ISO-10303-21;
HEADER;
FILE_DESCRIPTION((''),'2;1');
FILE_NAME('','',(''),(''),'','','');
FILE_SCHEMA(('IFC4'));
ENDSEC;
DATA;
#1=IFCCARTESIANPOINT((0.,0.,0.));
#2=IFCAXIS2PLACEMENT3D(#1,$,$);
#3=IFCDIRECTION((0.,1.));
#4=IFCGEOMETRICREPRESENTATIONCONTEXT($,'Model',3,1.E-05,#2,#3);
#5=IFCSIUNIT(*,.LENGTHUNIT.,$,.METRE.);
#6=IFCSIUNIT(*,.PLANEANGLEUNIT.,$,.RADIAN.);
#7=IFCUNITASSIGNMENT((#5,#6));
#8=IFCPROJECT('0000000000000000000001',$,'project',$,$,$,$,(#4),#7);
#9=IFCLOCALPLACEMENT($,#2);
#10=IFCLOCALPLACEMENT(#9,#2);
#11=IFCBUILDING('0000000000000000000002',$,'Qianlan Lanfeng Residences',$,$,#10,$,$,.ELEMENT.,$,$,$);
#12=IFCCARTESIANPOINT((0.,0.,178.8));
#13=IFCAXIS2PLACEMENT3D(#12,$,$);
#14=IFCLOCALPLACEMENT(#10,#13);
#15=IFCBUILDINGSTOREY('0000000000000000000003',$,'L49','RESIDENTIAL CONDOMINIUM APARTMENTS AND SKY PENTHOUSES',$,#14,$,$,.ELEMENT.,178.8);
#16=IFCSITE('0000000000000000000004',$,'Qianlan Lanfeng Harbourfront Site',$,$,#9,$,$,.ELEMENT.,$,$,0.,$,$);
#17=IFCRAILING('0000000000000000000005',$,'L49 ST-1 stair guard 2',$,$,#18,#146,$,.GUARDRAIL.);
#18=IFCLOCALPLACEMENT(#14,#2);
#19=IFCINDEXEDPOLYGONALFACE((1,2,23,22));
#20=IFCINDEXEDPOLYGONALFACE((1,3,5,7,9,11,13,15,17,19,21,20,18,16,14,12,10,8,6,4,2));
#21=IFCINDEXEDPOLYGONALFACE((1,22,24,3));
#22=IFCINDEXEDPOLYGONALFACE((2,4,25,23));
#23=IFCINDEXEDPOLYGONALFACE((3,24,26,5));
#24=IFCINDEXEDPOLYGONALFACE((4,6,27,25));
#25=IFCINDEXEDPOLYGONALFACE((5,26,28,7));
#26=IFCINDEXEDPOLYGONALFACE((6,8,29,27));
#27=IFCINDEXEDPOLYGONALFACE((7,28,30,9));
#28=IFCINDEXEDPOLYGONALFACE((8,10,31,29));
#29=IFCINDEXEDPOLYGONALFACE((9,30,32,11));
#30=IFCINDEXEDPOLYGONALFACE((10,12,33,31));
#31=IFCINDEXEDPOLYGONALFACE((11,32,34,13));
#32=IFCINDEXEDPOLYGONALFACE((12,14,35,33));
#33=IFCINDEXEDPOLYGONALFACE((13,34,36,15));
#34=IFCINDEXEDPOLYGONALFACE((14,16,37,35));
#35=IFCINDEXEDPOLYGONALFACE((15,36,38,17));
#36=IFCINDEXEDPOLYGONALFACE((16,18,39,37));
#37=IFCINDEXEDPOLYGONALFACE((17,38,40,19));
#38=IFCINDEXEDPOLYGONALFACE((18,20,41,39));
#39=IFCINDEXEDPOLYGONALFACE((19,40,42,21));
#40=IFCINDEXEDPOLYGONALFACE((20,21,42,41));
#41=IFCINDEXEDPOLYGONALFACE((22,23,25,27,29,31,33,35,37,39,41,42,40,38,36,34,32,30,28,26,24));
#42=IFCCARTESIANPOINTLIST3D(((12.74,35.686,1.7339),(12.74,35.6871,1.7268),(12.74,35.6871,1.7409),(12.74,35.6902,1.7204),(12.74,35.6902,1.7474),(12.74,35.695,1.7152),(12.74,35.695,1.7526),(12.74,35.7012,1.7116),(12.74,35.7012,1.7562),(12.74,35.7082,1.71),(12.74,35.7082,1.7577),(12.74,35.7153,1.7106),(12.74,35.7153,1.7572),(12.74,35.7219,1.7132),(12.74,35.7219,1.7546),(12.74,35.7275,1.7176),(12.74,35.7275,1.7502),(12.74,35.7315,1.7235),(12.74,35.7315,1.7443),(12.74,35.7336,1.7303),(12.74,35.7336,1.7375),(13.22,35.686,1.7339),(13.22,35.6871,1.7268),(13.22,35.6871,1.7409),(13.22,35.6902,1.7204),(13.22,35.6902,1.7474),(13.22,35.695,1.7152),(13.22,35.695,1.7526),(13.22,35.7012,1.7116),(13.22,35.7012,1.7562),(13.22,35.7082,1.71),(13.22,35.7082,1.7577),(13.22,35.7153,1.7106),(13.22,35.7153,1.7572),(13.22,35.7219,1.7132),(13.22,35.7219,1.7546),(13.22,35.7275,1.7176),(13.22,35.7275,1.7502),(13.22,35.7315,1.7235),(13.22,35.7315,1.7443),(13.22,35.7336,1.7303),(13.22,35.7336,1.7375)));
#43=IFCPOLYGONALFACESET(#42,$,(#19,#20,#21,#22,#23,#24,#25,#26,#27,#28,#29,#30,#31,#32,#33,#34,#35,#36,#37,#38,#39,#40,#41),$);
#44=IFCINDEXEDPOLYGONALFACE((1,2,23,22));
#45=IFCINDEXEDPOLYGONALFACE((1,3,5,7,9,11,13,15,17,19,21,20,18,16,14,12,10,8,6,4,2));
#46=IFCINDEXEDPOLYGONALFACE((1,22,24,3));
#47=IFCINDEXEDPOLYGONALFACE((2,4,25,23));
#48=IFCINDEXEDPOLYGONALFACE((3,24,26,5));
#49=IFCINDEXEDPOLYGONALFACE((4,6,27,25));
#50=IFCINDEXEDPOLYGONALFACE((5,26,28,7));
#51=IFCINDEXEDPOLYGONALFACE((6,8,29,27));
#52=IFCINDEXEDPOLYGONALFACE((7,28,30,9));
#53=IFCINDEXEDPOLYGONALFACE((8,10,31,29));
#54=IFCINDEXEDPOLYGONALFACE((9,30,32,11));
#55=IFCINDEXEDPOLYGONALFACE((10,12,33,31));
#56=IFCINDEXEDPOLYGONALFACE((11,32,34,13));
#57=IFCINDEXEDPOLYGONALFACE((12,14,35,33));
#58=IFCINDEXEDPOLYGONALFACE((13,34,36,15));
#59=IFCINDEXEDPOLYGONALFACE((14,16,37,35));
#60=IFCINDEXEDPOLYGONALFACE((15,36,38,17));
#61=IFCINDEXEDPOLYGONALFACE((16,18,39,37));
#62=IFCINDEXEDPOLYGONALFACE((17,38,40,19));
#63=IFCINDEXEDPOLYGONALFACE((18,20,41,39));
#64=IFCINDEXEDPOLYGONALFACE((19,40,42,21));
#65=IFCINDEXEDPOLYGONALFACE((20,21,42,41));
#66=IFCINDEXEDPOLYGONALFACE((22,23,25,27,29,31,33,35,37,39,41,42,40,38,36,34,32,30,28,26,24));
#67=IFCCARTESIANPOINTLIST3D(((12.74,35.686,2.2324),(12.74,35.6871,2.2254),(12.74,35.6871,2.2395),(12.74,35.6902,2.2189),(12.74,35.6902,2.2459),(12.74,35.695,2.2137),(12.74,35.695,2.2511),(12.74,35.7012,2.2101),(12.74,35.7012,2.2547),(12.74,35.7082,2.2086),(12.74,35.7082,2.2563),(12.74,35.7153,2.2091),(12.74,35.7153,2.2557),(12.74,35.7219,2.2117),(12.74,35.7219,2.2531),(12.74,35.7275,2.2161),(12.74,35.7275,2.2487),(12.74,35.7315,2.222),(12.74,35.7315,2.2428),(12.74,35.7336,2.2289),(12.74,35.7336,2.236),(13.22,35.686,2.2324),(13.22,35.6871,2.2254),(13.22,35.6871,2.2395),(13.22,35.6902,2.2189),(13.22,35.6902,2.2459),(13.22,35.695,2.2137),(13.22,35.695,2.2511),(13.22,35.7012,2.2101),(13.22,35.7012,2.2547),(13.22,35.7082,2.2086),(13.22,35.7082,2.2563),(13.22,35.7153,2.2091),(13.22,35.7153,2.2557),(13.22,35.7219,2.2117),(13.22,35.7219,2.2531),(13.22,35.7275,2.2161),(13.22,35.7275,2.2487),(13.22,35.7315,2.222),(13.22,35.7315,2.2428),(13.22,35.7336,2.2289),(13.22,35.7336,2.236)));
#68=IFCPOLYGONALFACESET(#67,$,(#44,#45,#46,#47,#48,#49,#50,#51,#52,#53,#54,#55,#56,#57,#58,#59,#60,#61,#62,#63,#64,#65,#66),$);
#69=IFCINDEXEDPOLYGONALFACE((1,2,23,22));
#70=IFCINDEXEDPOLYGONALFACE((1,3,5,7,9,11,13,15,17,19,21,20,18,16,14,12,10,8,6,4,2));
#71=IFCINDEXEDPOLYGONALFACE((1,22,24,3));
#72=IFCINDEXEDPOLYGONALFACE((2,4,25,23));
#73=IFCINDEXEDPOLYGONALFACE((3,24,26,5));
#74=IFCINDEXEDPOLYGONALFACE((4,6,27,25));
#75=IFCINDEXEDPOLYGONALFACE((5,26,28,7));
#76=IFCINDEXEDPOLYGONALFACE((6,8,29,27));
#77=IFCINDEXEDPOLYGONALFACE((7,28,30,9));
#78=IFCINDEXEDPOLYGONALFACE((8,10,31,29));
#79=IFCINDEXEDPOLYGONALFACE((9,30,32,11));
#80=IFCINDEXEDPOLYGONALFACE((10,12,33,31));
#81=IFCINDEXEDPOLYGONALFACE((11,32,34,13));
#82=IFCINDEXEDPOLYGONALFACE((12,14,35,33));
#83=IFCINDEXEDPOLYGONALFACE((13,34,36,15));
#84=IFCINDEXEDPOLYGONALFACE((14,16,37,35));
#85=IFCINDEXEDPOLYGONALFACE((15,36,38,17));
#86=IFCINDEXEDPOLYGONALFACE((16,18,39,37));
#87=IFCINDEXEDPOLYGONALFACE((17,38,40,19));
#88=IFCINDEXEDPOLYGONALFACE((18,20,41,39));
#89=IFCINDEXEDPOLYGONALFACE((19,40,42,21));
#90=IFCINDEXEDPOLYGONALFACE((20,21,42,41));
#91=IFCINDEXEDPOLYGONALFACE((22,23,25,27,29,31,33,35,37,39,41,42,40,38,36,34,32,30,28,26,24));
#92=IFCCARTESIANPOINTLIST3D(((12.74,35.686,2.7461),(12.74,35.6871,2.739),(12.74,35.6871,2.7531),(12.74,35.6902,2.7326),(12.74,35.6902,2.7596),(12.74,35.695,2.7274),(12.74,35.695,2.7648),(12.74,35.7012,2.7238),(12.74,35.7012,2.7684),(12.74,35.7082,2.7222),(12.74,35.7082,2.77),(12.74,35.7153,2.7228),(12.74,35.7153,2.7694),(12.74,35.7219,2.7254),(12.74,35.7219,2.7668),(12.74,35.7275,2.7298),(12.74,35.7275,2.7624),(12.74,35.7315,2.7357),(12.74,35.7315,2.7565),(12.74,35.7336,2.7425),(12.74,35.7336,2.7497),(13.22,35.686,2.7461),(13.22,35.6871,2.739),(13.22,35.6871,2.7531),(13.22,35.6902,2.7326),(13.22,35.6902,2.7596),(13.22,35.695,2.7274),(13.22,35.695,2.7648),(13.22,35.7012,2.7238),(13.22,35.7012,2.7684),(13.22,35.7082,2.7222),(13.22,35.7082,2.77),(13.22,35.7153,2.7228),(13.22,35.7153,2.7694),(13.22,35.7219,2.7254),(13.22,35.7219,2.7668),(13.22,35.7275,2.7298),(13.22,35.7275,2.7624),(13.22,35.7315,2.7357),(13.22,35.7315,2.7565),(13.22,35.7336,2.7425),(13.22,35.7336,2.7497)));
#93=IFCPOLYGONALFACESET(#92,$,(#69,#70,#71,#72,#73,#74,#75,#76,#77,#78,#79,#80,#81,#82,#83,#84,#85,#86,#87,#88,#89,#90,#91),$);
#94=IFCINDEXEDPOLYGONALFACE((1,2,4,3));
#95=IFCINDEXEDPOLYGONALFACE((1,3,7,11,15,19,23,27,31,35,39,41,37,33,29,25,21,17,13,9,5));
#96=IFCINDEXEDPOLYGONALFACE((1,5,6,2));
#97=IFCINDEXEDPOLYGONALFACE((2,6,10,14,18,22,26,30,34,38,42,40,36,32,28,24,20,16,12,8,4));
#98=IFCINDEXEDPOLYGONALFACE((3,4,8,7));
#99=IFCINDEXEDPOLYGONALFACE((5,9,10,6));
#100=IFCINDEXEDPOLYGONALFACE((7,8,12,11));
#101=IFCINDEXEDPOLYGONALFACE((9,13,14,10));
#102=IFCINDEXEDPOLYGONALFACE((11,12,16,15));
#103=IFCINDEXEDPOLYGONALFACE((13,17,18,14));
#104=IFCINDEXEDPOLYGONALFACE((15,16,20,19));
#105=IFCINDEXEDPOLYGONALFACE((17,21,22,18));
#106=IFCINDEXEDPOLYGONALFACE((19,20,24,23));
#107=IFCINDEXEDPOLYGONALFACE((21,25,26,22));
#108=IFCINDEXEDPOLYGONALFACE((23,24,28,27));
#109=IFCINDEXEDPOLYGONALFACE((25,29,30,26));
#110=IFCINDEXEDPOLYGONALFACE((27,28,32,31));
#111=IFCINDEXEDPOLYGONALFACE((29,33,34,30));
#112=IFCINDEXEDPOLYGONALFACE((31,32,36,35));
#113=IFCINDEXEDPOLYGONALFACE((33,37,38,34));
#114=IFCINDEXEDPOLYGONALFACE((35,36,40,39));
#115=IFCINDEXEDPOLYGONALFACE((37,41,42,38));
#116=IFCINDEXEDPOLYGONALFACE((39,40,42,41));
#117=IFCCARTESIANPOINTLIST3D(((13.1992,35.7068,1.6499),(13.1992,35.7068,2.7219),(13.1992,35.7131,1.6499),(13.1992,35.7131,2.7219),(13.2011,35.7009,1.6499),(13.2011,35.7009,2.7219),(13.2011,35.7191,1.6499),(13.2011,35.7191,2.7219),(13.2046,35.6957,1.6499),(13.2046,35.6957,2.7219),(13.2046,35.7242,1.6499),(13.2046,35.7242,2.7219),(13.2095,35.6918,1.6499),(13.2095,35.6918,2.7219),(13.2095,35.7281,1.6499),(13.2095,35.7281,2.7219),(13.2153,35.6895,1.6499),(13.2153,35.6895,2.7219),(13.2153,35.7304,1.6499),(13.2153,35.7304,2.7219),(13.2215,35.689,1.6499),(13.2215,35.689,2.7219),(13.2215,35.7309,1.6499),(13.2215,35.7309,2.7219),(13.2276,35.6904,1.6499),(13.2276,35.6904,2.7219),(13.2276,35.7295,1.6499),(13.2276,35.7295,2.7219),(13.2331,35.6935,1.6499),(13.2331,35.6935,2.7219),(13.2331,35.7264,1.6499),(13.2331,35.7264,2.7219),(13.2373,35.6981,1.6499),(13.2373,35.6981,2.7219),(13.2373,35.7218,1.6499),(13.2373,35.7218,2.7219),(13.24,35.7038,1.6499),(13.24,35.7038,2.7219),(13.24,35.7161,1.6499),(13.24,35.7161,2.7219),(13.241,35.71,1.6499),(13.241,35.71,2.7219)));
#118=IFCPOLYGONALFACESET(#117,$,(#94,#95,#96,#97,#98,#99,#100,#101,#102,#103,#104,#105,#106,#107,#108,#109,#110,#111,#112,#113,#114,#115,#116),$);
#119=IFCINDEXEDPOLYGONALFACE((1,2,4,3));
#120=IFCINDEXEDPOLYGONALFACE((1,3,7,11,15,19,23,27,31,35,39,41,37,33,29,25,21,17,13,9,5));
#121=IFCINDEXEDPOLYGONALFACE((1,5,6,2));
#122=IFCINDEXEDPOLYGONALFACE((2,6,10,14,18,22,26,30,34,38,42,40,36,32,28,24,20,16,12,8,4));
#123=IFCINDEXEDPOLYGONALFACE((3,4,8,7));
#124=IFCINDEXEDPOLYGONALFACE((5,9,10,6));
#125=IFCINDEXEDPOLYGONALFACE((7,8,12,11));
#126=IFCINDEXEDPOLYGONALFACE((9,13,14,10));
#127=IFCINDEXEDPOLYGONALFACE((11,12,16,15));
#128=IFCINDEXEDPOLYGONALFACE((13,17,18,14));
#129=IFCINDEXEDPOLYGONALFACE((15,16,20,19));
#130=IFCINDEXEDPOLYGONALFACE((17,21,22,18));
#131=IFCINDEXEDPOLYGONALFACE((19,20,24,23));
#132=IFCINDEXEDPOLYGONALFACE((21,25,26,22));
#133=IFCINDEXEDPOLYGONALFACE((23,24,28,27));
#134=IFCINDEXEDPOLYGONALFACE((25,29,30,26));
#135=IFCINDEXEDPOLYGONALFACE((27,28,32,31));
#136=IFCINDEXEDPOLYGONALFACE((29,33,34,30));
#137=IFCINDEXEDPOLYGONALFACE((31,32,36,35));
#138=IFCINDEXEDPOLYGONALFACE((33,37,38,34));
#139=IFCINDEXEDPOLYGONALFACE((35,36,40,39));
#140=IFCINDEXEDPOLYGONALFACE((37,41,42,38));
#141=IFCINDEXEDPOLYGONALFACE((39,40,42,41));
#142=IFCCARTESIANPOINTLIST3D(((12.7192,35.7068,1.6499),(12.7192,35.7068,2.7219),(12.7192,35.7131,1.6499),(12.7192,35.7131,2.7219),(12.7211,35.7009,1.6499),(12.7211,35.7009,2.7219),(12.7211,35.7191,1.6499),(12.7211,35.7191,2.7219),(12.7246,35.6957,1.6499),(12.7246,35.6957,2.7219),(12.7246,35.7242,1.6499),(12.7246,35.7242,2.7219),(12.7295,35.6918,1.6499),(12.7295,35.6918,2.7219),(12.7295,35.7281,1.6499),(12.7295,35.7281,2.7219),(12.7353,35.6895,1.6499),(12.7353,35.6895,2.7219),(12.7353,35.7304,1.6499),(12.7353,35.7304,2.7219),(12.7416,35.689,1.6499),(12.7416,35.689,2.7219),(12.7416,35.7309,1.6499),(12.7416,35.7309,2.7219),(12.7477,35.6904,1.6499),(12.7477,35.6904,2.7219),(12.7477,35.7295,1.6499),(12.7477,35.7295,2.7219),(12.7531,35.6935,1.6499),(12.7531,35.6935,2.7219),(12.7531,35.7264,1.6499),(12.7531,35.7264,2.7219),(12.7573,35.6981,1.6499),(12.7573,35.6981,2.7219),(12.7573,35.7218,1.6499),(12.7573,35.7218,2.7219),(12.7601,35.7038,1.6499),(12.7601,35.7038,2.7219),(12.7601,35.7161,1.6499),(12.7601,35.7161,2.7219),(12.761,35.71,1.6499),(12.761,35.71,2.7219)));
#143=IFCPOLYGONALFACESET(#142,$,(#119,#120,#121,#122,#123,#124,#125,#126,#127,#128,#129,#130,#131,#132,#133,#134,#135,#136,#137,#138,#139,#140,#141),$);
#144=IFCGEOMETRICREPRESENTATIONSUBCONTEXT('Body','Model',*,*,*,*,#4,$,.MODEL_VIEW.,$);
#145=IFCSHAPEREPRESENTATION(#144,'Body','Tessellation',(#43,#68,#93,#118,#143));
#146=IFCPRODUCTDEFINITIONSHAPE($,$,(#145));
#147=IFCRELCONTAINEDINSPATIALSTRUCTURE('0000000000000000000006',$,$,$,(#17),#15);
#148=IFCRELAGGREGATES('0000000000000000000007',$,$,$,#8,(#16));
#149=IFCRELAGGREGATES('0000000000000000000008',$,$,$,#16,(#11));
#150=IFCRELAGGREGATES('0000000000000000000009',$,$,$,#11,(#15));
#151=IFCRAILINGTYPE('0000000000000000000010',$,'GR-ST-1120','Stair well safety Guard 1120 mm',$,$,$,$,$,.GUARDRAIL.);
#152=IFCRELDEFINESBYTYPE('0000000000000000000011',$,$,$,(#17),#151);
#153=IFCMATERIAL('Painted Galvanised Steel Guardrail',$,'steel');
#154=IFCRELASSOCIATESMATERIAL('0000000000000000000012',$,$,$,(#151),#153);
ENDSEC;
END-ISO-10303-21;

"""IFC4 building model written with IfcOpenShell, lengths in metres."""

from ifc_helpers import new_model, si_unit, direction, frame, origin, origin_2d, place, context, subcontext, project, spatial, circle, extrude, material, type_object, element, save


model = new_model("IFC4")

# Units and contexts
model_context = context("Model", 3, precision=1e-05, world=origin(), true_north=direction((0.0, 1.0)))
body_context = subcontext(model_context, "Body", "Model", "MODEL_VIEW")
ifc_project = project(units=[si_unit("LENGTHUNIT", "METRE"), si_unit("PLANEANGLEUNIT", "RADIAN")], contexts=[model_context])

# Site, building, storey
site_placement = place(None, origin())
site = spatial("IfcSite", under=ifc_project, at=site_placement, Name="Qianlan Lanfeng Harbourfront Site", CompositionType="ELEMENT", RefElevation=0.0)
building_placement = place(site_placement, origin())
building = spatial("IfcBuilding", under=site, at=building_placement, Name="Qianlan Lanfeng Residences", CompositionType="ELEMENT")
storey_placement = place(building_placement, frame((0.0, 0.0, 178.8)))
storey = spatial("IfcBuildingStorey", under=building, at=storey_placement, Name="L49", Description="RESIDENTIAL CONDOMINIUM APARTMENTS AND SKY PENTHOUSES", CompositionType="ELEMENT", Elevation=178.8)

# Railing
ifc_material_1 = material(Name="Painted Galvanised Steel Guardrail", Category="steel")
railing_type_1 = type_object("IfcRailingType", Name="GR-ST-1120", Description="Stair well safety Guard 1120 mm", PredefinedType="GUARDRAIL", material=ifc_material_1)
railing_1_placement = place(storey_placement, frame((13.22, 35.71, 1.6499)))
element("IfcRailing", 1, at=railing_1_placement, inside=storey, type_object=railing_type_1, Name="L49 ST-1 stair guard 2", PredefinedType="GUARDRAIL", context=body_context, shape_type="SweptSolid", body=[
    extrude(circle(Radius=0.0239, at=origin_2d()), frame((0.0, 0.0, 0.084), z_axis=(-1.0, 0.0, 0.0), x_axis=(0.0, -1.0, 0.0)), (0.0, 0.0, 1.0), 0.48),
    extrude(circle(Radius=0.0239, at=origin_2d()), frame((0.0, 0.0, 0.5825), z_axis=(-1.0, 0.0, 0.0), x_axis=(0.0, -1.0, 0.0)), (0.0, 0.0, 1.0), 0.48),
    extrude(circle(Radius=0.0239, at=origin_2d()), frame((0.0, 0.0, 1.0962), z_axis=(-1.0, 0.0, 0.0), x_axis=(0.0, -1.0, 0.0)), (0.0, 0.0, 1.0), 0.48),
    extrude(circle(Radius=0.021, at=origin_2d()), origin(), (0.0, 0.0, 1.0), 1.072),
    extrude(circle(Radius=0.021, at=origin_2d()), frame((-0.48, 0.0, 0.0)), (0.0, 0.0, 1.0), 1.072),
])

save(model, "model.ifc")
